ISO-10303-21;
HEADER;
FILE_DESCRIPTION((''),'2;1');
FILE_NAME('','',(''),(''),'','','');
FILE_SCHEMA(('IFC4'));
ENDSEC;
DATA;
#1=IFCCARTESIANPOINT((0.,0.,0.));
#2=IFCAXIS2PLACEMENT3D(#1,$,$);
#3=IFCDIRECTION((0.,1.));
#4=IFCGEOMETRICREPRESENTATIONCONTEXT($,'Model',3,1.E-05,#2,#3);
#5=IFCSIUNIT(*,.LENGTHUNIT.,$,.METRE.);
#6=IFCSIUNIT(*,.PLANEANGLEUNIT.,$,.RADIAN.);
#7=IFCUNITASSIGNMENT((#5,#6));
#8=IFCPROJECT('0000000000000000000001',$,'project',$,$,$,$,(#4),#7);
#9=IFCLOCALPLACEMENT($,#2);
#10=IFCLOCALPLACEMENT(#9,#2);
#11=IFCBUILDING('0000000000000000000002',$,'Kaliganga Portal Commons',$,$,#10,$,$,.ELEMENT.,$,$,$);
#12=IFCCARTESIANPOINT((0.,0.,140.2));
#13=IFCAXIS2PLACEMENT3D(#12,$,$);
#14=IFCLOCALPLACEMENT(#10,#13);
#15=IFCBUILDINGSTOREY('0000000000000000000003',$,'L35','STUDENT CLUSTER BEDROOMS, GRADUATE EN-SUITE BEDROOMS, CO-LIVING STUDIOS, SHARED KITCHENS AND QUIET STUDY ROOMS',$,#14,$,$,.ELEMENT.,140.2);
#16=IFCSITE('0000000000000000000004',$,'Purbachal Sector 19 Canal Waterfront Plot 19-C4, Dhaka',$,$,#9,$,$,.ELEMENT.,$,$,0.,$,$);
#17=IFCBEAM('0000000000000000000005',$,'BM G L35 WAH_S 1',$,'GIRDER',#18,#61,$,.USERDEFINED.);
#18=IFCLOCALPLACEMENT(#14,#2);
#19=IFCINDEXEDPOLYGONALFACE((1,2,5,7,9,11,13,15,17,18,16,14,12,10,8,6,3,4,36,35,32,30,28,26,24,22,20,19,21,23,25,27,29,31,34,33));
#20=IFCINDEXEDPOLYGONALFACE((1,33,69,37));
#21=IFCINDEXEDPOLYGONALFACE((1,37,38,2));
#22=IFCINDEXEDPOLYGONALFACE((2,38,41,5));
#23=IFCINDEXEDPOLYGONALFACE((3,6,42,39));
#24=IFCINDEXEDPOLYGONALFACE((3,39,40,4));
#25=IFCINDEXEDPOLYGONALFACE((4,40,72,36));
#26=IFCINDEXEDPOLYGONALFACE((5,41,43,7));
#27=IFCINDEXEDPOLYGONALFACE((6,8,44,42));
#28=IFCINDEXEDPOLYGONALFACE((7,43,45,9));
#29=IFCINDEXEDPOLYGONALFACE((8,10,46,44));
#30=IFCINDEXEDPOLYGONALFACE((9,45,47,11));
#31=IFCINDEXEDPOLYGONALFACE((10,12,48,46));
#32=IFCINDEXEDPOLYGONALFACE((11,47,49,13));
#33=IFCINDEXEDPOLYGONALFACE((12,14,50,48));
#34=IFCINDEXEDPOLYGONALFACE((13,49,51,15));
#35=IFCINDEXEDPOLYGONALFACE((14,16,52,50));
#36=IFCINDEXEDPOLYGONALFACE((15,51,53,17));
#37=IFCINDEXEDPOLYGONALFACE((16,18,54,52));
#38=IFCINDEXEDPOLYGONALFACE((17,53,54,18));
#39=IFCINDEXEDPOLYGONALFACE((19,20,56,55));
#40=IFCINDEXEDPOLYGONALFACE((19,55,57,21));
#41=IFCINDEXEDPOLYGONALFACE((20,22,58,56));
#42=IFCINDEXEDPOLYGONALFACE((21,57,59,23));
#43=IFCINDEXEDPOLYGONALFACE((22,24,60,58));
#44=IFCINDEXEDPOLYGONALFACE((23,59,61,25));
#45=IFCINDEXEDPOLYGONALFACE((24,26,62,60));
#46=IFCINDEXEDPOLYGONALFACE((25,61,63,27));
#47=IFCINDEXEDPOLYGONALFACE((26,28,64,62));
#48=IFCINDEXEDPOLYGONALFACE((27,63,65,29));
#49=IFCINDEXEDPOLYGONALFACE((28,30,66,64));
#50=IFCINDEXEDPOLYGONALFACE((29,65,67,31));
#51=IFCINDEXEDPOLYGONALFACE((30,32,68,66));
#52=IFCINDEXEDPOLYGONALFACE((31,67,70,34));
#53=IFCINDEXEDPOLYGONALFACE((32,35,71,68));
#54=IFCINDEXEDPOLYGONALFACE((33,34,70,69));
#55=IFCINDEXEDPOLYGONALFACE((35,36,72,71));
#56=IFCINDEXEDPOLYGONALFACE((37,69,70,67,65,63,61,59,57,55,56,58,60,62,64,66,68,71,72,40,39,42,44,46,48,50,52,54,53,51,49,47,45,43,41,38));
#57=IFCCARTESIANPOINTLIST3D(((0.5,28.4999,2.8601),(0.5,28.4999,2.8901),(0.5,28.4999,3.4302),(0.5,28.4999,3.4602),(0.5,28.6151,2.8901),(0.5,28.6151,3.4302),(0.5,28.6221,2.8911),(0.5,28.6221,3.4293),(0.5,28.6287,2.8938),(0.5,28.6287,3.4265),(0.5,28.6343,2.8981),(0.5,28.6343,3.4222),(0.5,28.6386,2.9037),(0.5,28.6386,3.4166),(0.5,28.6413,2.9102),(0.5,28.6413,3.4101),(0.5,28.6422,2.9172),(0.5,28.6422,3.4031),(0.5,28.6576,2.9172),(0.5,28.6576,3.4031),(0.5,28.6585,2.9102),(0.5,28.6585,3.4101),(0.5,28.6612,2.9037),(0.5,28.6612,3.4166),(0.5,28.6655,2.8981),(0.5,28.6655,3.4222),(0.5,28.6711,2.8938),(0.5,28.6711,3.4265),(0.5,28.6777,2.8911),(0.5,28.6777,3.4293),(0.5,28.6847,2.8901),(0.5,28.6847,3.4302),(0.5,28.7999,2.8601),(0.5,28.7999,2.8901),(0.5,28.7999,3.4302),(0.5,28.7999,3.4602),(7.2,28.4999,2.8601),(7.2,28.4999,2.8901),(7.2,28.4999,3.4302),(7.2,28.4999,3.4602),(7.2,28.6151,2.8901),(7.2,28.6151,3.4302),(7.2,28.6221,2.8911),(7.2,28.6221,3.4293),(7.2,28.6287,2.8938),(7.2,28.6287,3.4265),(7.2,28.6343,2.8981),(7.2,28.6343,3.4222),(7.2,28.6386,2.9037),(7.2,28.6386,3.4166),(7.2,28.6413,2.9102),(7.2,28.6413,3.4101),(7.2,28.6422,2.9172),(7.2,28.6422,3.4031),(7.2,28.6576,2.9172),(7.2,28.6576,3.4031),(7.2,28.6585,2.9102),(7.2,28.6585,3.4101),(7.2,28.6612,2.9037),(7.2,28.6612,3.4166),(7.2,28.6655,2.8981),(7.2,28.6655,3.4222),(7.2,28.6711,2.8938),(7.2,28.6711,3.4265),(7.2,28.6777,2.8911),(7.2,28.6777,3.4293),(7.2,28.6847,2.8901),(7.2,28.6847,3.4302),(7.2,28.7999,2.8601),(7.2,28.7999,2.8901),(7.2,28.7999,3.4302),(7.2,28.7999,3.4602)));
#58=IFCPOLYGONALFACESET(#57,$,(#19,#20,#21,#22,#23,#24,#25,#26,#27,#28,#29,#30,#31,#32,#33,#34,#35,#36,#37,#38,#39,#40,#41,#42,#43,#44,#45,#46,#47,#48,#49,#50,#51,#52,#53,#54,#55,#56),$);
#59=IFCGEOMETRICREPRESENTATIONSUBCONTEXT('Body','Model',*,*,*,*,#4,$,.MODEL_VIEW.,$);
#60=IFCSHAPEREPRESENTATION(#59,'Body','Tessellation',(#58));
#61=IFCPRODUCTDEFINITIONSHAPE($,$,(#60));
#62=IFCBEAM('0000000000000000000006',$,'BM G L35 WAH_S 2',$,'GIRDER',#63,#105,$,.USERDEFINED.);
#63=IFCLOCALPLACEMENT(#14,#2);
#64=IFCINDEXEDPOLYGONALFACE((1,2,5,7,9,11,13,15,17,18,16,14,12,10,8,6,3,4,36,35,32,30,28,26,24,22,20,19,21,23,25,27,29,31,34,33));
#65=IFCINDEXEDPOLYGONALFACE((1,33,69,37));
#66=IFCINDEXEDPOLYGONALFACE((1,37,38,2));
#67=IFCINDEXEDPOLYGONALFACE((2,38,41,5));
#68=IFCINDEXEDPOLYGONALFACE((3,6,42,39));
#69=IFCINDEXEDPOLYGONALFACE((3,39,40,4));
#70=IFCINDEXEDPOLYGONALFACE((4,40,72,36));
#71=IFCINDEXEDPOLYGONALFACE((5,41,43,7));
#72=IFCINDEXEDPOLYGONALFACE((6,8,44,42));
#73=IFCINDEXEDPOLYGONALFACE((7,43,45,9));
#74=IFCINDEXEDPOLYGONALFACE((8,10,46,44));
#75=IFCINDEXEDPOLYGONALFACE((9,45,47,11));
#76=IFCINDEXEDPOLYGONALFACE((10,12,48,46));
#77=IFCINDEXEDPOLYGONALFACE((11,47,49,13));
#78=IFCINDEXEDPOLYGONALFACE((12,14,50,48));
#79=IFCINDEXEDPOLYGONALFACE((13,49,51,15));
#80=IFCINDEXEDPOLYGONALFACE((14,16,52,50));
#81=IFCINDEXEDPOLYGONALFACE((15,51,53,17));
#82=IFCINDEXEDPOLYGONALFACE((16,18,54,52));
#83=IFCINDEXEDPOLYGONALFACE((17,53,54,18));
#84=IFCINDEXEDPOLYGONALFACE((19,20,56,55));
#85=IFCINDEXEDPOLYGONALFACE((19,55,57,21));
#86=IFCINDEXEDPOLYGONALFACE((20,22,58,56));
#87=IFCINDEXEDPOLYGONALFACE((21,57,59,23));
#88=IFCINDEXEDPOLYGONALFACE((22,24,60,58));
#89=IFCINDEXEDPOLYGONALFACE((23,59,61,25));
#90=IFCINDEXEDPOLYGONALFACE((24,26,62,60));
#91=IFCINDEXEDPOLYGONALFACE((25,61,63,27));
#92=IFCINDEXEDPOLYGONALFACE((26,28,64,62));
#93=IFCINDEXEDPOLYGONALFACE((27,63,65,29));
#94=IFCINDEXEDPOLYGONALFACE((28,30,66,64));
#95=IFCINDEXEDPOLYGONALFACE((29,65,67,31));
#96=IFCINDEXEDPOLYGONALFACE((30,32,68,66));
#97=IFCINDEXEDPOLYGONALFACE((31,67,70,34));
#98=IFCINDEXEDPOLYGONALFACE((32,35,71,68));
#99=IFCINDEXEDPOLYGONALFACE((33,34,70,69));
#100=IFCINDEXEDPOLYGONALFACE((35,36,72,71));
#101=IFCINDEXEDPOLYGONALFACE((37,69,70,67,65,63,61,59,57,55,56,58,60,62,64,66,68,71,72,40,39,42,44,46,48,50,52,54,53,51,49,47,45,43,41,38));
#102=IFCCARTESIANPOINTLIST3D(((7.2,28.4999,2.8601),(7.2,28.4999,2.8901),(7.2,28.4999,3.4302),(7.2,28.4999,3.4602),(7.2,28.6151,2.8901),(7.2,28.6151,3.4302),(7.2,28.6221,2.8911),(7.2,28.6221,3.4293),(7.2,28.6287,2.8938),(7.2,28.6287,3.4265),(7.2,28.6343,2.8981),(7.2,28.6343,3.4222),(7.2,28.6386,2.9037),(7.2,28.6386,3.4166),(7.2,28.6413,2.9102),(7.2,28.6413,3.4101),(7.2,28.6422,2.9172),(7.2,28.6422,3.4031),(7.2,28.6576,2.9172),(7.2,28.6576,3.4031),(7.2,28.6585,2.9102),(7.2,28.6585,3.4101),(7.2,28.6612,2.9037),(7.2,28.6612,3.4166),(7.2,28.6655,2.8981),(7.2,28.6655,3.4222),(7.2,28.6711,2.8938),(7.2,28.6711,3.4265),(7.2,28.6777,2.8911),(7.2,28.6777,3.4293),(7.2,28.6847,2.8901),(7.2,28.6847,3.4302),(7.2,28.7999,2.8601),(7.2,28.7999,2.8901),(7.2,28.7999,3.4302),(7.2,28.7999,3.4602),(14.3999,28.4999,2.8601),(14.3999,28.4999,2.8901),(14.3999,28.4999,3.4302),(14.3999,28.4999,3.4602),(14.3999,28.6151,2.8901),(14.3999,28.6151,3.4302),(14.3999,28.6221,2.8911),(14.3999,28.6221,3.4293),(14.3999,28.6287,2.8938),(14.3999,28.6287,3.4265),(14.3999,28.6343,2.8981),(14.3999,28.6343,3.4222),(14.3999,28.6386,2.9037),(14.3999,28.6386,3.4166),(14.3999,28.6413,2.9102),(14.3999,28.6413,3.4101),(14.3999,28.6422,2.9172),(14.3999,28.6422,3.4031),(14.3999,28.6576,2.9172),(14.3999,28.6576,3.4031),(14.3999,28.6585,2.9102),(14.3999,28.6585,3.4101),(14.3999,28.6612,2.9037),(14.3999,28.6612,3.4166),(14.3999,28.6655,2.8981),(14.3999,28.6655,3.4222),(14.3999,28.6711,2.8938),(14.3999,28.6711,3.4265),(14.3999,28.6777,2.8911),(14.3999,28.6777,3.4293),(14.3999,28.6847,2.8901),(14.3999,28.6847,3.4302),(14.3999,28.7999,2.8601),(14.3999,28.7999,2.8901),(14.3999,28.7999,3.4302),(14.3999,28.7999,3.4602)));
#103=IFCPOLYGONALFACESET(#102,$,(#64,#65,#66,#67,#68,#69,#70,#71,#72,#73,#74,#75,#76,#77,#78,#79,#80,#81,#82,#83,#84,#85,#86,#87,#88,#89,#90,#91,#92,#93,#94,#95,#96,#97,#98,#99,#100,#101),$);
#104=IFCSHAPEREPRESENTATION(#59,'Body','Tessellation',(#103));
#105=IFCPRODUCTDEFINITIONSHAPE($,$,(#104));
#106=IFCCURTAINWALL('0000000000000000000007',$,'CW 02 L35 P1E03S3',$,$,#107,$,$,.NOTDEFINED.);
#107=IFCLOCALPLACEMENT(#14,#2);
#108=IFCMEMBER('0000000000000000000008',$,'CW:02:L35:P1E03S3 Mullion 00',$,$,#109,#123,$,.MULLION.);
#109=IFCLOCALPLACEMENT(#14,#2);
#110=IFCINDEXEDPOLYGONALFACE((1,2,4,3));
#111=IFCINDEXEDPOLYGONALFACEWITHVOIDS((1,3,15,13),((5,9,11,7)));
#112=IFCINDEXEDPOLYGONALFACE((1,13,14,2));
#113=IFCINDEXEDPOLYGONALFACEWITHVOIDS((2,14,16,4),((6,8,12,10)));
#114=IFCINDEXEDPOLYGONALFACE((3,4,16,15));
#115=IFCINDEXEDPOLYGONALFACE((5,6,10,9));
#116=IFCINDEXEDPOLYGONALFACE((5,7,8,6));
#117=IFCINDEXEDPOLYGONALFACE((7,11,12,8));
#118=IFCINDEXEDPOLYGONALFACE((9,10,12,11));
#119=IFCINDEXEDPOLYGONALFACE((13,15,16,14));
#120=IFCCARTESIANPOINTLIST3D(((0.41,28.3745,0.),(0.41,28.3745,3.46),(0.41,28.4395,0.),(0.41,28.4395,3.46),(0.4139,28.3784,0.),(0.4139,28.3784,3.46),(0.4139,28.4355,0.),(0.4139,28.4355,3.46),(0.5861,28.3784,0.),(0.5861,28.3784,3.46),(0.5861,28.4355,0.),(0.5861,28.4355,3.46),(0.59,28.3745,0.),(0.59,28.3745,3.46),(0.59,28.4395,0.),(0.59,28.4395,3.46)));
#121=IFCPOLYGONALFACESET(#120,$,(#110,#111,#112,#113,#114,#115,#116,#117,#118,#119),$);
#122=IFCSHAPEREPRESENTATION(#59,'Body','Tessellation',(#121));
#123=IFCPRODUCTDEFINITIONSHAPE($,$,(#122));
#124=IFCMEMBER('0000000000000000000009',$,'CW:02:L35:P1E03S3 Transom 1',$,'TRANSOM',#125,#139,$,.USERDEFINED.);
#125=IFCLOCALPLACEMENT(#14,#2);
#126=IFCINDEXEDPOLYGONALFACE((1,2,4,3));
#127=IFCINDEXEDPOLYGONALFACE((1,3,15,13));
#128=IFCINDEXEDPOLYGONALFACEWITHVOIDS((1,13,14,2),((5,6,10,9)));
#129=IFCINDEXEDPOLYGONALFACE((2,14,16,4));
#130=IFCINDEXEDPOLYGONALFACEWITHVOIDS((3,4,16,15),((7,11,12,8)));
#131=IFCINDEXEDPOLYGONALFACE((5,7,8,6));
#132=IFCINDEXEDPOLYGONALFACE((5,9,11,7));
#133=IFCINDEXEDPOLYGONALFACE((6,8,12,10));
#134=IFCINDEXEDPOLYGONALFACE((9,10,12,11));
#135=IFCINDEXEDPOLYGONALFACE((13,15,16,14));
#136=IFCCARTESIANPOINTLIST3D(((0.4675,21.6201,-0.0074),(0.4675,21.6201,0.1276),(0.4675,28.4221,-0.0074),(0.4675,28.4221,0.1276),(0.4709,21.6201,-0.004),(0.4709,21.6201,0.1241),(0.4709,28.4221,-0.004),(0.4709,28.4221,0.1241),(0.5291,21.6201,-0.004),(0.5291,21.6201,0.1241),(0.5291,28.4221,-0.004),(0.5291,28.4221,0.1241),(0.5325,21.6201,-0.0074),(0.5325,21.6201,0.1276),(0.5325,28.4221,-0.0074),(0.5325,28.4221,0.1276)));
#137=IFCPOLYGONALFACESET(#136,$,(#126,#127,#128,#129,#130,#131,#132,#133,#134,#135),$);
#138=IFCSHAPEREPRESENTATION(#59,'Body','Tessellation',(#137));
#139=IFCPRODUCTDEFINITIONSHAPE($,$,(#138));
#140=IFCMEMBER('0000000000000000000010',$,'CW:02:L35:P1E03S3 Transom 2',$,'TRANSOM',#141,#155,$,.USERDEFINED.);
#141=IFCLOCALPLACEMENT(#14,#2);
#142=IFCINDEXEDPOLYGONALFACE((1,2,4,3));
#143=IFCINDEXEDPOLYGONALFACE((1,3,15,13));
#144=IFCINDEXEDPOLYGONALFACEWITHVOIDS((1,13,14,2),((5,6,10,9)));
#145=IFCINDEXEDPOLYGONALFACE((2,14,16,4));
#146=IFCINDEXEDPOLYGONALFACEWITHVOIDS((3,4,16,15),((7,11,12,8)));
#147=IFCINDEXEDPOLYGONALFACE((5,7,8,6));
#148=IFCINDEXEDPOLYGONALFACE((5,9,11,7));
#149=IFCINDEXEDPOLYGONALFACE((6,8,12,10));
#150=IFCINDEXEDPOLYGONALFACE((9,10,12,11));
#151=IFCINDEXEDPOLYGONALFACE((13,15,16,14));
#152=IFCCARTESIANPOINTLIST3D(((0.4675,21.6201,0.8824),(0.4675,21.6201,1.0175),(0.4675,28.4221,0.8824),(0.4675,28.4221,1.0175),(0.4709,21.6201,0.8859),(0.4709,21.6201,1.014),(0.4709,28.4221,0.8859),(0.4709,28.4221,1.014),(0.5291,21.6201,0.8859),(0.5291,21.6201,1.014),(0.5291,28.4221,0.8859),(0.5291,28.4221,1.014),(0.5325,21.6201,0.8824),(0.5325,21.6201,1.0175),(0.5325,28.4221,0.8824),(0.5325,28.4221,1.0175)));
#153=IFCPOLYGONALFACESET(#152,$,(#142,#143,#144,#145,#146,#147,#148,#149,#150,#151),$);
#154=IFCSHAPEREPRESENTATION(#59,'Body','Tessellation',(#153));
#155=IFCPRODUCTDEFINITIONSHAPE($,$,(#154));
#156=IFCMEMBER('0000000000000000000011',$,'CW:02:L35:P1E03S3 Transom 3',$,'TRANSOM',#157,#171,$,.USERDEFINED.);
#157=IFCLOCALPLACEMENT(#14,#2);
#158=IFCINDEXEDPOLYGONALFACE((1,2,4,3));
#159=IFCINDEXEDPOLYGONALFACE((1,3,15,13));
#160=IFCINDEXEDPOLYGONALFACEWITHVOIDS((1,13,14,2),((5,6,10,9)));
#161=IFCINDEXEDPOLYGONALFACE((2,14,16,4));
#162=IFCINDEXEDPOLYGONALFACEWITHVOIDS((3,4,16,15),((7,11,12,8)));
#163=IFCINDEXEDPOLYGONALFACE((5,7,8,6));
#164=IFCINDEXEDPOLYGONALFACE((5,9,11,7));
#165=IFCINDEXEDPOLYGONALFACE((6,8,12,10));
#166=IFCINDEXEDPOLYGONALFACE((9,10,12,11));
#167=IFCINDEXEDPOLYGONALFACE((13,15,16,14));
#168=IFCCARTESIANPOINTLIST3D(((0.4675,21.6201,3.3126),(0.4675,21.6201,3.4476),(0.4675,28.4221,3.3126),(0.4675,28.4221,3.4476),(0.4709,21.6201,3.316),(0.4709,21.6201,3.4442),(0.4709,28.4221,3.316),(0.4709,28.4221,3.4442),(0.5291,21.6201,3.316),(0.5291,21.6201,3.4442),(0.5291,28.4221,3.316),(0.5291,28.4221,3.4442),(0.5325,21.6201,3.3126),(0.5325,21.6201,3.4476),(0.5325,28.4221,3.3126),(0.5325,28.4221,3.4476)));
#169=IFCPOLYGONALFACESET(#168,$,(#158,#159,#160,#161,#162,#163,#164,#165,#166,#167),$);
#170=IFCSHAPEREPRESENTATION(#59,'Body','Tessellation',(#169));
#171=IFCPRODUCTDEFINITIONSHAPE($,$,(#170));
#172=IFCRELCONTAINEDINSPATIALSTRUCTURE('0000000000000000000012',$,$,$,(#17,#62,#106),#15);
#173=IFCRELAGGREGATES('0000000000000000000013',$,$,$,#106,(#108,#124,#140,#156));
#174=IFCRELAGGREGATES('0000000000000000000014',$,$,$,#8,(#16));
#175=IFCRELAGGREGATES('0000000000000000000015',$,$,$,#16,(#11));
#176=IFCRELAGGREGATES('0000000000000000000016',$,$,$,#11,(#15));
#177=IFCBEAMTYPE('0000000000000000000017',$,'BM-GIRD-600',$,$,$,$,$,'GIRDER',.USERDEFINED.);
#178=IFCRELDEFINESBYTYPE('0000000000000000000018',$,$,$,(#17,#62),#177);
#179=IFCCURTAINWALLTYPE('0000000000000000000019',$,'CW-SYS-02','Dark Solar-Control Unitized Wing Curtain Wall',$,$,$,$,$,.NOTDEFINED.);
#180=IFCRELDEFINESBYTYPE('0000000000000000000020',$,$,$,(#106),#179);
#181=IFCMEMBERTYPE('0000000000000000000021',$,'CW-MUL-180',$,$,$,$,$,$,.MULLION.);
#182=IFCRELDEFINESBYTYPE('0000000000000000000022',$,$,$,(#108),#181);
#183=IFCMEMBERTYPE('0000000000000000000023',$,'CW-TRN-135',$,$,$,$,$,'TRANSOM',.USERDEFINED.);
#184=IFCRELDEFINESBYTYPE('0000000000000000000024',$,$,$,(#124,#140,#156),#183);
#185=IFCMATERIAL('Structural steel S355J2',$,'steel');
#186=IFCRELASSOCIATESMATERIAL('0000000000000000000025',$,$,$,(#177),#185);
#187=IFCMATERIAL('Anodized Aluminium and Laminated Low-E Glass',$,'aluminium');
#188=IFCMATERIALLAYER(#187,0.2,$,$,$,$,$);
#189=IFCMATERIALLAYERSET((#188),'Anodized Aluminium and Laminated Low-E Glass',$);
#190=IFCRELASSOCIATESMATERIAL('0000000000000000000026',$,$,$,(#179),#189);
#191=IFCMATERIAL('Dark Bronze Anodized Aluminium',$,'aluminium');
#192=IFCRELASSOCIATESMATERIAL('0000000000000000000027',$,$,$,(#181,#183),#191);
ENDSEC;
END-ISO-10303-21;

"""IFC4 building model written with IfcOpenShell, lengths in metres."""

from ifc_helpers import new_model, si_unit, direction, frame, origin, origin_2d, place, context, subcontext, project, spatial, hollow_rectangle, i_section, extrude, source, transform, mapped, material, layer, layer_set, material_profile, profile_set, type_object, element, aggregate, save


model = new_model("IFC4")

# Units and contexts
model_context = context("Model", 3, precision=1e-05, world=origin(), true_north=direction((0.0, 1.0)))
body_context = subcontext(model_context, "Body", "Model", "MODEL_VIEW")
ifc_project = project(units=[si_unit("LENGTHUNIT", "METRE"), si_unit("PLANEANGLEUNIT", "RADIAN")], contexts=[model_context])

# Site, building, storey
site_placement = place(None, origin())
site = spatial("IfcSite", under=ifc_project, at=site_placement, Name="Purbachal Sector 19 Canal Waterfront Plot 19-C4, Dhaka", CompositionType="ELEMENT", RefElevation=0.0)
building_placement = place(site_placement, origin())
building = spatial("IfcBuilding", under=site, at=building_placement, Name="Kaliganga Portal Commons", CompositionType="ELEMENT")
storey_placement = place(building_placement, frame((0.0, 0.0, 140.2)))
storey = spatial("IfcBuildingStorey", under=building, at=storey_placement, Name="L35", Description="STUDENT CLUSTER BEDROOMS, GRADUATE EN-SUITE BEDROOMS, CO-LIVING STUDIOS, SHARED KITCHENS AND QUIET STUDY ROOMS", CompositionType="ELEMENT", Elevation=140.2)

# Beams
ifc_material_1 = material(Name="Structural steel S355J2", Category="steel")
ifc_material_profile_1 = material_profile(ifc_material_1, i_section(OverallWidth=0.3, OverallDepth=0.6001, WebThickness=0.0154, FlangeThickness=0.03, FilletRadius=0.0271, at=origin_2d()), Name="HE 600 B")
ifc_profile_set_1 = profile_set([ifc_material_profile_1], Name="Structural steel S355J2 wide-flange")
beam_type_1 = type_object("IfcBeamType", Name="BM-GIRD-600", ElementType="GIRDER", PredefinedType="USERDEFINED", material=ifc_profile_set_1)
shared_shape_1 = source(origin(), body_context, "Body", "SweptSolid", [
    extrude(i_section(OverallWidth=0.3, OverallDepth=0.6001, WebThickness=0.0154, FlangeThickness=0.03, FilletRadius=0.0271, at=origin_2d()), origin(), (0.0, 0.0, 1.0), 6.7),
])
beam_1_placement = place(storey_placement, frame((0.5, 28.6499, 3.1602), z_axis=(1.0, 0.0, 0.0), x_axis=(0.0, 1.0, 0.0)))
element("IfcBeam", 1, at=beam_1_placement, inside=storey, type_object=beam_type_1, Name="BM G L35 WAH_S 1", ObjectType="GIRDER", PredefinedType="USERDEFINED", context=body_context, shape_type="MappedRepresentation", body=[
    mapped(shared_shape_1, transform((0.0, 0.0, 0.0), x_axis=(1.0, 0.0, 0.0), y_axis=(0.0, 1.0, 0.0), z_axis=(0.0, 0.0, 1.0), scale=1.0)),
])
shared_shape_2 = source(origin(), body_context, "Body", "SweptSolid", [
    extrude(i_section(OverallWidth=0.3, OverallDepth=0.6001, WebThickness=0.0154, FlangeThickness=0.03, FilletRadius=0.0271, at=origin_2d()), origin(), (0.0, 0.0, 1.0), 7.2),
])
beam_2_placement = place(storey_placement, frame((7.2, 28.6499, 3.1602), z_axis=(1.0, 0.0, 0.0), x_axis=(0.0, 1.0, 0.0)))
element("IfcBeam", 2, at=beam_2_placement, inside=storey, type_object=beam_type_1, Name="BM G L35 WAH_S 2", ObjectType="GIRDER", PredefinedType="USERDEFINED", context=body_context, shape_type="MappedRepresentation", body=[
    mapped(shared_shape_2, transform((0.0, 0.0, 0.0), x_axis=(1.0, 0.0, 0.0), y_axis=(0.0, 1.0, 0.0), z_axis=(0.0, 0.0, 1.0), scale=1.0)),
])

# Curtain wall, members
ifc_material_2 = material(Name="Anodized Aluminium and Laminated Low-E Glass", Category="aluminium")
ifc_layer_1 = layer(ifc_material_2, 0.2)
ifc_layer_set_1 = layer_set([ifc_layer_1], Name="Anodized Aluminium and Laminated Low-E Glass")
curtain_wall_type = type_object("IfcCurtainWallType", Name="CW-SYS-02", Description="Dark Solar-Control Unitized Wing Curtain Wall", PredefinedType="NOTDEFINED", material=ifc_layer_set_1)
curtain_wall_1_placement = place(storey_placement, origin())
curtain_wall_1 = element("IfcCurtainWall", 3, at=curtain_wall_1_placement, inside=storey, type_object=curtain_wall_type, Name="CW 02 L35 P1E03S3", PredefinedType="NOTDEFINED")
ifc_material_3 = material(Name="Dark Bronze Anodized Aluminium", Category="aluminium")
ifc_material_profile_2 = material_profile(ifc_material_3, hollow_rectangle(XDim=0.0649, YDim=0.1799, WallThickness=0.0039, at=origin_2d()), Name="ALU MULL 65x180x4")
ifc_profile_set_2 = profile_set([ifc_material_profile_2], Name="Dark Bronze Anodized Aluminium")
member_type_1 = type_object("IfcMemberType", Name="CW-MUL-180", PredefinedType="MULLION", material=ifc_profile_set_2)
shared_shape_3 = source(origin(), body_context, "Body", "SweptSolid", [
    extrude(hollow_rectangle(XDim=0.0649, YDim=0.1799, WallThickness=0.0039, at=origin_2d()), origin(), (0.0, 0.0, 1.0), 3.46),
])
member_1_placement = place(storey_placement, frame((0.5, 28.407, 0.0), z_axis=(0.0, 0.0, 1.0), x_axis=(0.0, -1.0, 0.0)))
member_1 = element("IfcMember", 4, at=member_1_placement, type_object=member_type_1, Name="CW:02:L35:P1E03S3 Mullion 00", PredefinedType="MULLION", context=body_context, shape_type="MappedRepresentation", body=[
    mapped(shared_shape_3, transform((0.0, 0.0, 0.0), x_axis=(1.0, 0.0, 0.0), y_axis=(0.0, 1.0, 0.0), z_axis=(0.0, 0.0, 1.0), scale=1.0)),
])
ifc_material_profile_3 = material_profile(ifc_material_3, hollow_rectangle(XDim=0.0649, YDim=0.135, WallThickness=0.0034, at=origin_2d()), Name="ALU TRAN 65x135x3.5")
ifc_profile_set_3 = profile_set([ifc_material_profile_3], Name="Dark Bronze Anodized Aluminium")
member_type_2 = type_object("IfcMemberType", Name="CW-TRN-135", ElementType="TRANSOM", PredefinedType="USERDEFINED", material=ifc_profile_set_3)
shared_shape_4 = source(origin(), body_context, "Body", "SweptSolid", [
    extrude(hollow_rectangle(XDim=0.0649, YDim=0.135, WallThickness=0.0034, at=origin_2d()), origin(), (0.0, 0.0, 1.0), 6.802),
])
member_2_placement = place(storey_placement, frame((0.5, 28.4221, 0.0601), z_axis=(0.0, -1.0, 0.0), x_axis=(1.0, 0.0, 0.0)))
member_2 = element("IfcMember", 5, at=member_2_placement, type_object=member_type_2, Name="CW:02:L35:P1E03S3 Transom 1", ObjectType="TRANSOM", PredefinedType="USERDEFINED", context=body_context, shape_type="MappedRepresentation", body=[
    mapped(shared_shape_4, transform((0.0, 0.0, 0.0), x_axis=(1.0, 0.0, 0.0), y_axis=(0.0, 1.0, 0.0), z_axis=(0.0, 0.0, 1.0), scale=1.0)),
])
member_3_placement = place(storey_placement, frame((0.5, 28.4221, 0.95), z_axis=(0.0, -1.0, 0.0), x_axis=(1.0, 0.0, 0.0)))
member_3 = element("IfcMember", 6, at=member_3_placement, type_object=member_type_2, Name="CW:02:L35:P1E03S3 Transom 2", ObjectType="TRANSOM", PredefinedType="USERDEFINED", context=body_context, shape_type="MappedRepresentation", body=[
    mapped(shared_shape_4, transform((0.0, 0.0, 0.0), x_axis=(1.0, 0.0, 0.0), y_axis=(0.0, 1.0, 0.0), z_axis=(0.0, 0.0, 1.0), scale=1.0)),
])
member_4_placement = place(storey_placement, frame((0.5, 28.4221, 3.3801), z_axis=(0.0, -1.0, 0.0), x_axis=(1.0, 0.0, 0.0)))
member_4 = element("IfcMember", 7, at=member_4_placement, type_object=member_type_2, Name="CW:02:L35:P1E03S3 Transom 3", ObjectType="TRANSOM", PredefinedType="USERDEFINED", context=body_context, shape_type="MappedRepresentation", body=[
    mapped(shared_shape_4, transform((0.0, 0.0, 0.0), x_axis=(1.0, 0.0, 0.0), y_axis=(0.0, 1.0, 0.0), z_axis=(0.0, 0.0, 1.0), scale=1.0)),
])

aggregate(curtain_wall_1, [member_1, member_2, member_3, member_4])

save(model, "model.ifc")
